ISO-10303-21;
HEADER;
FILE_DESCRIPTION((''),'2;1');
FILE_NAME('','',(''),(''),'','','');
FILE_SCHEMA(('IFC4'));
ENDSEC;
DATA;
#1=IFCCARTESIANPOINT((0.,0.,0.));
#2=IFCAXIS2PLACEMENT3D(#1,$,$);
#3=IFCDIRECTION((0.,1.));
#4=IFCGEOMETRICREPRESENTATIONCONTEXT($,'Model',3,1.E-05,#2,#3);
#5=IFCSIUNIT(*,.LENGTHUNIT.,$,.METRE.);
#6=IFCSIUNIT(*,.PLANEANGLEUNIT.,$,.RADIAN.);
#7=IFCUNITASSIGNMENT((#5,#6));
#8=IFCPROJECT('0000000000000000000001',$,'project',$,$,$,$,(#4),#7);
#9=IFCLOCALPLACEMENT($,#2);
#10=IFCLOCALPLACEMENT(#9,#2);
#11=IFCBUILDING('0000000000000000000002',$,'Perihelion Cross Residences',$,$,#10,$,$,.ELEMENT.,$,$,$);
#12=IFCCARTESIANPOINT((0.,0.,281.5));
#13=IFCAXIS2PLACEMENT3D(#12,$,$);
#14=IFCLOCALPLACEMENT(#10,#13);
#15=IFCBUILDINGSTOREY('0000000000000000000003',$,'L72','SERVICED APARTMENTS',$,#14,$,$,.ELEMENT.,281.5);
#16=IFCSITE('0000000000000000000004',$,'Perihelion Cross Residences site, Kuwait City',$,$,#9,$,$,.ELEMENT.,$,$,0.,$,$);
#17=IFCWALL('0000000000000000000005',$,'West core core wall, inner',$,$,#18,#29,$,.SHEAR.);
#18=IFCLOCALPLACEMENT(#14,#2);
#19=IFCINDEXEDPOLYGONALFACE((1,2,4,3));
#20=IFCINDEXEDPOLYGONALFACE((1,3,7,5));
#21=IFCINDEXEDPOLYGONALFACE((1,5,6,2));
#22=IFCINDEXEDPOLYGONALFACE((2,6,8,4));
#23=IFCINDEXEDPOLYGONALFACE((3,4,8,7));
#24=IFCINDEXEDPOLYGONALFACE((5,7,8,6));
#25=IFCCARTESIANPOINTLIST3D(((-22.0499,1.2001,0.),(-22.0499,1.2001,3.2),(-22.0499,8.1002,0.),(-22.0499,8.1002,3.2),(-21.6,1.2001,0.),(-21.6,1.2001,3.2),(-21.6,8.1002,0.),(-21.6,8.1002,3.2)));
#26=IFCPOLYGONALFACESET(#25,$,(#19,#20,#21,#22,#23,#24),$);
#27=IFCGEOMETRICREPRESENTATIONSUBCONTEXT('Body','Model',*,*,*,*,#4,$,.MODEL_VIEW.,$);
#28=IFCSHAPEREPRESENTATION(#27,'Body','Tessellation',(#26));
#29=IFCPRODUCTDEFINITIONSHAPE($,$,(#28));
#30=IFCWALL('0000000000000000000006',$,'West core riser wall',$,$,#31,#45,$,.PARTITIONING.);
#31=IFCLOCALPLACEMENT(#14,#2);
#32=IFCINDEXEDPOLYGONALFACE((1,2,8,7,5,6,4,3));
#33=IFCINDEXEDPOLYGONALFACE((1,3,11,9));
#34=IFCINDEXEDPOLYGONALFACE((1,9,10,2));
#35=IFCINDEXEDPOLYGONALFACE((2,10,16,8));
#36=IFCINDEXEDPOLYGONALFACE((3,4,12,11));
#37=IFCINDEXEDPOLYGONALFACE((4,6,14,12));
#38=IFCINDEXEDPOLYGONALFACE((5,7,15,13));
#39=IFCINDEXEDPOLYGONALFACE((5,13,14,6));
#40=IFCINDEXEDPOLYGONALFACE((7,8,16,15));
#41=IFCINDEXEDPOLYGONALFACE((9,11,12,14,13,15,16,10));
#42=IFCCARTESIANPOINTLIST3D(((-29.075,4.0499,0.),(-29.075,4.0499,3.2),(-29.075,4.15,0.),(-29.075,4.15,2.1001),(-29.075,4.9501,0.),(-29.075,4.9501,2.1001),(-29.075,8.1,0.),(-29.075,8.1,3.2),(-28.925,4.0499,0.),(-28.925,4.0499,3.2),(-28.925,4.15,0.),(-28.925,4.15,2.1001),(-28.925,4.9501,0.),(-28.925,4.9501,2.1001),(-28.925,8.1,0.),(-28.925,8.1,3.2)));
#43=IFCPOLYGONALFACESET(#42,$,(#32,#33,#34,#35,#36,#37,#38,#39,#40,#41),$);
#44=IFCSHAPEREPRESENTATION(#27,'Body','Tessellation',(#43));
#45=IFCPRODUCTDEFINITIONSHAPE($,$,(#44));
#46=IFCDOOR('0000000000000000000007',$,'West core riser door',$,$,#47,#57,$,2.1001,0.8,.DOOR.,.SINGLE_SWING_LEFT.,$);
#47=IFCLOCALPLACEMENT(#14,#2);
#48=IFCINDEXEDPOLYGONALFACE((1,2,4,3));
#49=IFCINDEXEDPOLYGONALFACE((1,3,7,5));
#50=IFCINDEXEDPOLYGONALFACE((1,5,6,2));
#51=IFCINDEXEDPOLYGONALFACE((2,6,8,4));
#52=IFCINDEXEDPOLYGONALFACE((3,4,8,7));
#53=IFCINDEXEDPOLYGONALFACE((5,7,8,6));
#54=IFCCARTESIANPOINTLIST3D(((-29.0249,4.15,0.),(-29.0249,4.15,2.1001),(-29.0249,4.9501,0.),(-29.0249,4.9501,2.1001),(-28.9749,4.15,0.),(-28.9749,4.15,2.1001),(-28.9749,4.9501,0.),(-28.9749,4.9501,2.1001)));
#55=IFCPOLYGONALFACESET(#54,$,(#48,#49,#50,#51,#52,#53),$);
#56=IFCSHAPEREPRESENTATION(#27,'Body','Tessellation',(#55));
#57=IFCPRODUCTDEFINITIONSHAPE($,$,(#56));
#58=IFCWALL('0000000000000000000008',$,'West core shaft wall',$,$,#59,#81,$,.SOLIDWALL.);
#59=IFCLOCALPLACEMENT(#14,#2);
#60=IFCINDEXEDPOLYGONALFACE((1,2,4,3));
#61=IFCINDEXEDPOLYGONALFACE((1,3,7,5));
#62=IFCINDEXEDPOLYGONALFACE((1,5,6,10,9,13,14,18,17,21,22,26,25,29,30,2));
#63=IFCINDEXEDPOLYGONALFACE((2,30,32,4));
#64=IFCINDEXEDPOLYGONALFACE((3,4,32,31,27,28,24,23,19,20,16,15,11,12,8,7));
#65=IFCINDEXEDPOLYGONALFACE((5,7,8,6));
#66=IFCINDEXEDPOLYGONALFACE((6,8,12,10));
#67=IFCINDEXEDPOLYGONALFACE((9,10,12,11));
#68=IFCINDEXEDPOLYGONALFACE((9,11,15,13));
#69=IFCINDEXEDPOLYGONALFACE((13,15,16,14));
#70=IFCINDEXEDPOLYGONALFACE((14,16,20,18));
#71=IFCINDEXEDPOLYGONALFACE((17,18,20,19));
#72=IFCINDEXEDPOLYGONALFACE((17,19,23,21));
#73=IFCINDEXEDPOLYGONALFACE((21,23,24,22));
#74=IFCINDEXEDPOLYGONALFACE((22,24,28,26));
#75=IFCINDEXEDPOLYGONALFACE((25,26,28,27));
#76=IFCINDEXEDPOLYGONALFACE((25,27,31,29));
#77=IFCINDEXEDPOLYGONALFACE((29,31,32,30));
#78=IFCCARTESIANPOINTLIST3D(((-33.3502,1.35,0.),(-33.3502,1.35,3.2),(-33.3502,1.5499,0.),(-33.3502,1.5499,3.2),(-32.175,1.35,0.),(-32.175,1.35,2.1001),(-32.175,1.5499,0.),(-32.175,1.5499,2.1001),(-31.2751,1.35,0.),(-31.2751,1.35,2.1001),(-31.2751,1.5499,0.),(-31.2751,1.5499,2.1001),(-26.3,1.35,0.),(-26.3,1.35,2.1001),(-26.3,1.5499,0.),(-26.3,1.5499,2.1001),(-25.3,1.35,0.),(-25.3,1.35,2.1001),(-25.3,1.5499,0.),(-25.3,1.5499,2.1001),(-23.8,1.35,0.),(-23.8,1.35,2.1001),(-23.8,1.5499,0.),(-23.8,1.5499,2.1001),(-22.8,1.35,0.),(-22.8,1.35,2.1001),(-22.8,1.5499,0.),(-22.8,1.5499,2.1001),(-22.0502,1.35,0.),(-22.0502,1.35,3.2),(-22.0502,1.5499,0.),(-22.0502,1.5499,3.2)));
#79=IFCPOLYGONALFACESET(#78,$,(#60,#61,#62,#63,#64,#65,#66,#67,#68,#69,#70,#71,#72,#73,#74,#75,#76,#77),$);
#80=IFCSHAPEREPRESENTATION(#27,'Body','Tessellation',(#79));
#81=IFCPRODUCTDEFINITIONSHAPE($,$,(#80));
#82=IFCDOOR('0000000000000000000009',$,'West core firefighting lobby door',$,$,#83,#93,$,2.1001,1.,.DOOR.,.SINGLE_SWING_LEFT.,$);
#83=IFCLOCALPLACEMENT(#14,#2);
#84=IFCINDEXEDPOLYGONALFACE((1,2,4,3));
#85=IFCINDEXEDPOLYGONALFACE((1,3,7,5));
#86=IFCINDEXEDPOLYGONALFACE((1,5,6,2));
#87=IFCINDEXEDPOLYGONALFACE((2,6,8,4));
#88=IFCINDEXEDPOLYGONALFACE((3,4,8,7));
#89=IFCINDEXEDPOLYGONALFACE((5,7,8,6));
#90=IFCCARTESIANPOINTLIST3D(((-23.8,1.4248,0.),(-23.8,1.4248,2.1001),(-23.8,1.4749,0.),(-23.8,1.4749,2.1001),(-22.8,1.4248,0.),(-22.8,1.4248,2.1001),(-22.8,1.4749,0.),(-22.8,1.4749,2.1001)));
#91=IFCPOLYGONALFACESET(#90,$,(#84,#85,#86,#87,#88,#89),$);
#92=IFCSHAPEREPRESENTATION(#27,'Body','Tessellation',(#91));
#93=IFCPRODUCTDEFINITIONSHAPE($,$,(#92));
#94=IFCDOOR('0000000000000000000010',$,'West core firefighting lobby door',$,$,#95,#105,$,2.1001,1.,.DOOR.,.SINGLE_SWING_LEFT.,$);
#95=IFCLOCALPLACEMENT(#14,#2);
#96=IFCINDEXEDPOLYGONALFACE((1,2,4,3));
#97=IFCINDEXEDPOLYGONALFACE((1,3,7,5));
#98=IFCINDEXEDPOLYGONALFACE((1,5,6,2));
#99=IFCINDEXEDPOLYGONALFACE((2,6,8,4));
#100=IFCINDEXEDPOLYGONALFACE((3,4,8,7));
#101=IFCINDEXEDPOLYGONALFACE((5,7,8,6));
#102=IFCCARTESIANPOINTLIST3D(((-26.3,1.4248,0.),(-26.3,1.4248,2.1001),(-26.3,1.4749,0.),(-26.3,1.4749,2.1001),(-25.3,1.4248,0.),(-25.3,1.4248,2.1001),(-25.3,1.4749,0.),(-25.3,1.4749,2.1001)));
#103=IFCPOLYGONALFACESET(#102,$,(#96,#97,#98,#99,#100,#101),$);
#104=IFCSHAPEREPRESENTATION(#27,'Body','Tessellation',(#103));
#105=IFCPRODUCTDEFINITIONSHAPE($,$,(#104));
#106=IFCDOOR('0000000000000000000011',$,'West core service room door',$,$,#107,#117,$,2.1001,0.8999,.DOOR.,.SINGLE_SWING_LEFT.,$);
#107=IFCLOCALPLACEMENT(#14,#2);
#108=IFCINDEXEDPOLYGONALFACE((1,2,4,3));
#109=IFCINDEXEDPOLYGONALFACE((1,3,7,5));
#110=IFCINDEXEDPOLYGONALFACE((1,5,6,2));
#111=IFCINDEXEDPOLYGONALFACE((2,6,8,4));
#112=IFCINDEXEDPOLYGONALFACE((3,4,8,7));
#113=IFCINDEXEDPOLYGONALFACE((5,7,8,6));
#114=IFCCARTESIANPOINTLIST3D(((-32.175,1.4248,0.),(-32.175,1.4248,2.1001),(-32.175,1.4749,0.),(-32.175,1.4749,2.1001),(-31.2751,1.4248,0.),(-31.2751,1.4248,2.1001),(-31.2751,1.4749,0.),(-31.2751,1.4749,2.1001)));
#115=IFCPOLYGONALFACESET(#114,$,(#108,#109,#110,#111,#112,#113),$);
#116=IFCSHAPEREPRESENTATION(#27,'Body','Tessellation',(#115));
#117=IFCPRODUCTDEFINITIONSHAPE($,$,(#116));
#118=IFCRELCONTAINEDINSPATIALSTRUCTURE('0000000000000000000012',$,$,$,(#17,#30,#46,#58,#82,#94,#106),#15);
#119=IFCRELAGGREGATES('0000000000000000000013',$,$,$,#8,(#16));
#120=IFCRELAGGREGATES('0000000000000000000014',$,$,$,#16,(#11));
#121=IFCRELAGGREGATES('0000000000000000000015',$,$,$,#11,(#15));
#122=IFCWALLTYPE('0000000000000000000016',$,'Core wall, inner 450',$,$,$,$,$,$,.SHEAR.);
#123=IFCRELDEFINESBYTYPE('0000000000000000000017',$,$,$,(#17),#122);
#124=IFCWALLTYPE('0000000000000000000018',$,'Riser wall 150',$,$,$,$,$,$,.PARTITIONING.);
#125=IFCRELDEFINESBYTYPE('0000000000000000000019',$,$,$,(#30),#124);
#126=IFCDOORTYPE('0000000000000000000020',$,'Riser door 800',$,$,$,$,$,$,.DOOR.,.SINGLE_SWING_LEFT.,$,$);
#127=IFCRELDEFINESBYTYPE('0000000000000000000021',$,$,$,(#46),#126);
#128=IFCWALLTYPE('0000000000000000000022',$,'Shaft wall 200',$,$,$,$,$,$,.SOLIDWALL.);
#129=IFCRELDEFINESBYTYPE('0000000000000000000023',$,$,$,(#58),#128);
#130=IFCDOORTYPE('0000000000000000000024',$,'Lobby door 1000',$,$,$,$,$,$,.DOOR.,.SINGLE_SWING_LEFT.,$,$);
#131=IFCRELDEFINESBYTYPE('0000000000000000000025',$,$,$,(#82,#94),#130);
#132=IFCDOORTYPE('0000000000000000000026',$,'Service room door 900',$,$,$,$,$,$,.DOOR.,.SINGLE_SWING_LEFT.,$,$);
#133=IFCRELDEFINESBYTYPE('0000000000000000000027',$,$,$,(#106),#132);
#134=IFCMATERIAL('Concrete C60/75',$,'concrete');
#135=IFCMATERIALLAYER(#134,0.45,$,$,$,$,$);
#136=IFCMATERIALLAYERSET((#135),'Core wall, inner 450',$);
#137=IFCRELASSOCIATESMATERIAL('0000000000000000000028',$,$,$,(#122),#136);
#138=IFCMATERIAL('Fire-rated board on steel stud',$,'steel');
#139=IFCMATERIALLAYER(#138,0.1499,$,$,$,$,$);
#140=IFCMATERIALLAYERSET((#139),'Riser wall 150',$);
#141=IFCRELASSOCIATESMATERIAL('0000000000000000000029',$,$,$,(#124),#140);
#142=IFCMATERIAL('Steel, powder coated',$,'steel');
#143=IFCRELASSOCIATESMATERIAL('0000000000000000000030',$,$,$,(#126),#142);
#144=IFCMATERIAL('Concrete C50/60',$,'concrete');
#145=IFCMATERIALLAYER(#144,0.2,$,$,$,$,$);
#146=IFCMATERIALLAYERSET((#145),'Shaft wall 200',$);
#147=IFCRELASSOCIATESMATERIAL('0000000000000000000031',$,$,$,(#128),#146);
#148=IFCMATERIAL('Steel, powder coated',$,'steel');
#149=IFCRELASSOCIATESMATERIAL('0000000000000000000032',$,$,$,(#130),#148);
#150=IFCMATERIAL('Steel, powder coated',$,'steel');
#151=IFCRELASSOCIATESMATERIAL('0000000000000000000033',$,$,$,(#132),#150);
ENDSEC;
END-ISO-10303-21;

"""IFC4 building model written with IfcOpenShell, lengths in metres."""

from ifc_helpers import new_model, si_unit, direction, frame, frame_2d, origin, place, context, subcontext, project, spatial, rectangle, extrude, material, layer, layer_set, type_object, element, fill, save


model = new_model("IFC4")

# Units and contexts
model_context = context("Model", 3, precision=1e-05, world=origin(), true_north=direction((0.0, 1.0)))
body_context = subcontext(model_context, "Body", "Model", "MODEL_VIEW")
ifc_project = project(units=[si_unit("LENGTHUNIT", "METRE"), si_unit("PLANEANGLEUNIT", "RADIAN")], contexts=[model_context])

# Site, building, storey
site_placement = place(None, origin())
site = spatial("IfcSite", under=ifc_project, at=site_placement, Name="Perihelion Cross Residences site, Kuwait City", CompositionType="ELEMENT", RefElevation=0.0)
building_placement = place(site_placement, origin())
building = spatial("IfcBuilding", under=site, at=building_placement, Name="Perihelion Cross Residences", CompositionType="ELEMENT")
storey_placement = place(building_placement, frame((0.0, 0.0, 281.5)))
storey = spatial("IfcBuildingStorey", under=building, at=storey_placement, Name="L72", Description="SERVICED APARTMENTS", CompositionType="ELEMENT", Elevation=281.5)

# Wall
ifc_material_1 = material(Name="Concrete C60/75", Category="concrete")
ifc_layer_1 = layer(ifc_material_1, 0.45)
ifc_layer_set_1 = layer_set([ifc_layer_1], Name="Core wall, inner 450")
wall_type_1 = type_object("IfcWallType", Name="Core wall, inner 450", PredefinedType="SHEAR", material=ifc_layer_set_1)
wall_1_placement = place(storey_placement, frame((-21.825, 1.2, 0.0), z_axis=(0.0, 0.0, 1.0), x_axis=(0.0, 1.0, 0.0)))
element("IfcWall", 1, at=wall_1_placement, inside=storey, type_object=wall_type_1, Name="West core core wall, inner", PredefinedType="SHEAR", context=body_context, shape_type="SweptSolid", body=[
    extrude(rectangle(XDim=6.9001, YDim=0.45, at=frame_2d((3.4502, 0.0))), origin(), (0.0, 0.0, 1.0), 3.2),
])

# Wall, opening, door
ifc_material_2 = material(Name="Fire-rated board on steel stud", Category="steel")
ifc_layer_2 = layer(ifc_material_2, 0.1499)
ifc_layer_set_2 = layer_set([ifc_layer_2], Name="Riser wall 150")
wall_type_2 = type_object("IfcWallType", Name="Riser wall 150", PredefinedType="PARTITIONING", material=ifc_layer_set_2)
wall_2_placement = place(storey_placement, frame((-29.0, 4.05, 0.0), z_axis=(0.0, 0.0, 1.0), x_axis=(0.0, 1.0, 0.0)))
wall_2 = element("IfcWall", 2, at=wall_2_placement, inside=storey, type_object=wall_type_2, Name="West core riser wall", PredefinedType="PARTITIONING", context=body_context, shape_type="SweptSolid", body=[
    extrude(rectangle(XDim=4.05, YDim=0.1499, at=frame_2d((2.0249, 0.0))), origin(), (0.0, 0.0, 1.0), 3.2),
])
opening_1_placement = place(wall_2_placement, frame((0.1001, 0.0, 0.0)))
opening_1 = element("IfcOpeningElement", 3, at=opening_1_placement, cuts=wall_2, PredefinedType="OPENING", context=body_context, shape_type="SweptSolid", body=[
    extrude(rectangle(XDim=0.8, YDim=2.1001, at=frame_2d((0.3999, 1.05))), frame((0.0, 0.085, 0.0), z_axis=(0.0, -1.0, 0.0), x_axis=(1.0, 0.0, 0.0)), (0.0, 0.0, 1.0), 0.1699),
])
ifc_material_3 = material(Name="Steel, powder coated", Category="steel")
door_type_1 = type_object("IfcDoorType", Name="Riser door 800", OperationType="SINGLE_SWING_LEFT", PredefinedType="DOOR", material=ifc_material_3)
door_1_placement = place(opening_1_placement, origin())
door_1 = element("IfcDoor", 4, at=door_1_placement, inside=storey, type_object=door_type_1, Name="West core riser door", OperationType="SINGLE_SWING_LEFT", OverallHeight=2.1001, OverallWidth=0.8, PredefinedType="DOOR", context=body_context, shape_type="SweptSolid", body=[
    extrude(rectangle(XDim=0.8, YDim=2.1001, at=frame_2d((0.3999, 1.05))), frame((0.0, 0.0249, 0.0), z_axis=(0.0, -1.0, 0.0), x_axis=(1.0, 0.0, 0.0)), (0.0, 0.0, 1.0), 0.05),
])
fill(opening_1, door_1)

# Wall, openings, doors
ifc_material_4 = material(Name="Concrete C50/60", Category="concrete")
ifc_layer_3 = layer(ifc_material_4, 0.2)
ifc_layer_set_3 = layer_set([ifc_layer_3], Name="Shaft wall 200")
wall_type_3 = type_object("IfcWallType", Name="Shaft wall 200", PredefinedType="SOLIDWALL", material=ifc_layer_set_3)
wall_3_placement = place(storey_placement, frame((-33.3501, 1.45, 0.0), z_axis=(0.0, 0.0, 1.0), x_axis=(1.0, 0.0, 0.0)))
wall_3 = element("IfcWall", 5, at=wall_3_placement, inside=storey, type_object=wall_type_3, Name="West core shaft wall", PredefinedType="SOLIDWALL", context=body_context, shape_type="SweptSolid", body=[
    extrude(rectangle(XDim=11.3, YDim=0.2, at=frame_2d((5.6499, 0.0))), origin(), (0.0, 0.0, 1.0), 3.2),
])
opening_2_placement = place(wall_3_placement, frame((9.55, 0.0, 0.0)))
opening_2 = element("IfcOpeningElement", 6, at=opening_2_placement, cuts=wall_3, PredefinedType="OPENING", context=body_context, shape_type="SweptSolid", body=[
    extrude(rectangle(XDim=1.0, YDim=2.1001, at=frame_2d((0.5, 1.05))), frame((0.0, 0.1099, 0.0), z_axis=(0.0, -1.0, 0.0), x_axis=(1.0, 0.0, 0.0)), (0.0, 0.0, 1.0), 0.22),
])
opening_3_placement = place(wall_3_placement, frame((7.05, 0.0, 0.0)))
opening_3 = element("IfcOpeningElement", 7, at=opening_3_placement, cuts=wall_3, PredefinedType="OPENING", context=body_context, shape_type="SweptSolid", body=[
    extrude(rectangle(XDim=1.0, YDim=2.1001, at=frame_2d((0.5, 1.05))), frame((0.0, 0.1099, 0.0), z_axis=(0.0, -1.0, 0.0), x_axis=(1.0, 0.0, 0.0)), (0.0, 0.0, 1.0), 0.22),
])
opening_4_placement = place(wall_3_placement, frame((1.175, 0.0, 0.0)))
opening_4 = element("IfcOpeningElement", 8, at=opening_4_placement, cuts=wall_3, PredefinedType="OPENING", context=body_context, shape_type="SweptSolid", body=[
    extrude(rectangle(XDim=0.8999, YDim=2.1001, at=frame_2d((0.45, 1.05))), frame((0.0, 0.1099, 0.0), z_axis=(0.0, -1.0, 0.0), x_axis=(1.0, 0.0, 0.0)), (0.0, 0.0, 1.0), 0.22),
])
ifc_material_5 = material(Name="Steel, powder coated", Category="steel")
door_type_2 = type_object("IfcDoorType", Name="Lobby door 1000", OperationType="SINGLE_SWING_LEFT", PredefinedType="DOOR", material=ifc_material_5)
door_2_placement = place(opening_2_placement, origin())
door_2 = element("IfcDoor", 9, at=door_2_placement, inside=storey, type_object=door_type_2, Name="West core firefighting lobby door", OperationType="SINGLE_SWING_LEFT", OverallHeight=2.1001, OverallWidth=1.0, PredefinedType="DOOR", context=body_context, shape_type="SweptSolid", body=[
    extrude(rectangle(XDim=1.0, YDim=2.1001, at=frame_2d((0.5, 1.05))), frame((0.0, 0.0249, 0.0), z_axis=(0.0, -1.0, 0.0), x_axis=(1.0, 0.0, 0.0)), (0.0, 0.0, 1.0), 0.05),
])
fill(opening_2, door_2)
door_3_placement = place(opening_3_placement, origin())
door_3 = element("IfcDoor", 10, at=door_3_placement, inside=storey, type_object=door_type_2, Name="West core firefighting lobby door", OperationType="SINGLE_SWING_LEFT", OverallHeight=2.1001, OverallWidth=1.0, PredefinedType="DOOR", context=body_context, shape_type="SweptSolid", body=[
    extrude(rectangle(XDim=1.0, YDim=2.1001, at=frame_2d((0.5, 1.05))), frame((0.0, 0.0249, 0.0), z_axis=(0.0, -1.0, 0.0), x_axis=(1.0, 0.0, 0.0)), (0.0, 0.0, 1.0), 0.05),
])
fill(opening_3, door_3)
ifc_material_6 = material(Name="Steel, powder coated", Category="steel")
door_type_3 = type_object("IfcDoorType", Name="Service room door 900", OperationType="SINGLE_SWING_LEFT", PredefinedType="DOOR", material=ifc_material_6)
door_4_placement = place(opening_4_placement, origin())
door_4 = element("IfcDoor", 11, at=door_4_placement, inside=storey, type_object=door_type_3, Name="West core service room door", OperationType="SINGLE_SWING_LEFT", OverallHeight=2.1001, OverallWidth=0.8999, PredefinedType="DOOR", context=body_context, shape_type="SweptSolid", body=[
    extrude(rectangle(XDim=0.8999, YDim=2.1001, at=frame_2d((0.45, 1.05))), frame((0.0, 0.0249, 0.0), z_axis=(0.0, -1.0, 0.0), x_axis=(1.0, 0.0, 0.0)), (0.0, 0.0, 1.0), 0.05),
])
fill(opening_4, door_4)

save(model, "model.ifc")
